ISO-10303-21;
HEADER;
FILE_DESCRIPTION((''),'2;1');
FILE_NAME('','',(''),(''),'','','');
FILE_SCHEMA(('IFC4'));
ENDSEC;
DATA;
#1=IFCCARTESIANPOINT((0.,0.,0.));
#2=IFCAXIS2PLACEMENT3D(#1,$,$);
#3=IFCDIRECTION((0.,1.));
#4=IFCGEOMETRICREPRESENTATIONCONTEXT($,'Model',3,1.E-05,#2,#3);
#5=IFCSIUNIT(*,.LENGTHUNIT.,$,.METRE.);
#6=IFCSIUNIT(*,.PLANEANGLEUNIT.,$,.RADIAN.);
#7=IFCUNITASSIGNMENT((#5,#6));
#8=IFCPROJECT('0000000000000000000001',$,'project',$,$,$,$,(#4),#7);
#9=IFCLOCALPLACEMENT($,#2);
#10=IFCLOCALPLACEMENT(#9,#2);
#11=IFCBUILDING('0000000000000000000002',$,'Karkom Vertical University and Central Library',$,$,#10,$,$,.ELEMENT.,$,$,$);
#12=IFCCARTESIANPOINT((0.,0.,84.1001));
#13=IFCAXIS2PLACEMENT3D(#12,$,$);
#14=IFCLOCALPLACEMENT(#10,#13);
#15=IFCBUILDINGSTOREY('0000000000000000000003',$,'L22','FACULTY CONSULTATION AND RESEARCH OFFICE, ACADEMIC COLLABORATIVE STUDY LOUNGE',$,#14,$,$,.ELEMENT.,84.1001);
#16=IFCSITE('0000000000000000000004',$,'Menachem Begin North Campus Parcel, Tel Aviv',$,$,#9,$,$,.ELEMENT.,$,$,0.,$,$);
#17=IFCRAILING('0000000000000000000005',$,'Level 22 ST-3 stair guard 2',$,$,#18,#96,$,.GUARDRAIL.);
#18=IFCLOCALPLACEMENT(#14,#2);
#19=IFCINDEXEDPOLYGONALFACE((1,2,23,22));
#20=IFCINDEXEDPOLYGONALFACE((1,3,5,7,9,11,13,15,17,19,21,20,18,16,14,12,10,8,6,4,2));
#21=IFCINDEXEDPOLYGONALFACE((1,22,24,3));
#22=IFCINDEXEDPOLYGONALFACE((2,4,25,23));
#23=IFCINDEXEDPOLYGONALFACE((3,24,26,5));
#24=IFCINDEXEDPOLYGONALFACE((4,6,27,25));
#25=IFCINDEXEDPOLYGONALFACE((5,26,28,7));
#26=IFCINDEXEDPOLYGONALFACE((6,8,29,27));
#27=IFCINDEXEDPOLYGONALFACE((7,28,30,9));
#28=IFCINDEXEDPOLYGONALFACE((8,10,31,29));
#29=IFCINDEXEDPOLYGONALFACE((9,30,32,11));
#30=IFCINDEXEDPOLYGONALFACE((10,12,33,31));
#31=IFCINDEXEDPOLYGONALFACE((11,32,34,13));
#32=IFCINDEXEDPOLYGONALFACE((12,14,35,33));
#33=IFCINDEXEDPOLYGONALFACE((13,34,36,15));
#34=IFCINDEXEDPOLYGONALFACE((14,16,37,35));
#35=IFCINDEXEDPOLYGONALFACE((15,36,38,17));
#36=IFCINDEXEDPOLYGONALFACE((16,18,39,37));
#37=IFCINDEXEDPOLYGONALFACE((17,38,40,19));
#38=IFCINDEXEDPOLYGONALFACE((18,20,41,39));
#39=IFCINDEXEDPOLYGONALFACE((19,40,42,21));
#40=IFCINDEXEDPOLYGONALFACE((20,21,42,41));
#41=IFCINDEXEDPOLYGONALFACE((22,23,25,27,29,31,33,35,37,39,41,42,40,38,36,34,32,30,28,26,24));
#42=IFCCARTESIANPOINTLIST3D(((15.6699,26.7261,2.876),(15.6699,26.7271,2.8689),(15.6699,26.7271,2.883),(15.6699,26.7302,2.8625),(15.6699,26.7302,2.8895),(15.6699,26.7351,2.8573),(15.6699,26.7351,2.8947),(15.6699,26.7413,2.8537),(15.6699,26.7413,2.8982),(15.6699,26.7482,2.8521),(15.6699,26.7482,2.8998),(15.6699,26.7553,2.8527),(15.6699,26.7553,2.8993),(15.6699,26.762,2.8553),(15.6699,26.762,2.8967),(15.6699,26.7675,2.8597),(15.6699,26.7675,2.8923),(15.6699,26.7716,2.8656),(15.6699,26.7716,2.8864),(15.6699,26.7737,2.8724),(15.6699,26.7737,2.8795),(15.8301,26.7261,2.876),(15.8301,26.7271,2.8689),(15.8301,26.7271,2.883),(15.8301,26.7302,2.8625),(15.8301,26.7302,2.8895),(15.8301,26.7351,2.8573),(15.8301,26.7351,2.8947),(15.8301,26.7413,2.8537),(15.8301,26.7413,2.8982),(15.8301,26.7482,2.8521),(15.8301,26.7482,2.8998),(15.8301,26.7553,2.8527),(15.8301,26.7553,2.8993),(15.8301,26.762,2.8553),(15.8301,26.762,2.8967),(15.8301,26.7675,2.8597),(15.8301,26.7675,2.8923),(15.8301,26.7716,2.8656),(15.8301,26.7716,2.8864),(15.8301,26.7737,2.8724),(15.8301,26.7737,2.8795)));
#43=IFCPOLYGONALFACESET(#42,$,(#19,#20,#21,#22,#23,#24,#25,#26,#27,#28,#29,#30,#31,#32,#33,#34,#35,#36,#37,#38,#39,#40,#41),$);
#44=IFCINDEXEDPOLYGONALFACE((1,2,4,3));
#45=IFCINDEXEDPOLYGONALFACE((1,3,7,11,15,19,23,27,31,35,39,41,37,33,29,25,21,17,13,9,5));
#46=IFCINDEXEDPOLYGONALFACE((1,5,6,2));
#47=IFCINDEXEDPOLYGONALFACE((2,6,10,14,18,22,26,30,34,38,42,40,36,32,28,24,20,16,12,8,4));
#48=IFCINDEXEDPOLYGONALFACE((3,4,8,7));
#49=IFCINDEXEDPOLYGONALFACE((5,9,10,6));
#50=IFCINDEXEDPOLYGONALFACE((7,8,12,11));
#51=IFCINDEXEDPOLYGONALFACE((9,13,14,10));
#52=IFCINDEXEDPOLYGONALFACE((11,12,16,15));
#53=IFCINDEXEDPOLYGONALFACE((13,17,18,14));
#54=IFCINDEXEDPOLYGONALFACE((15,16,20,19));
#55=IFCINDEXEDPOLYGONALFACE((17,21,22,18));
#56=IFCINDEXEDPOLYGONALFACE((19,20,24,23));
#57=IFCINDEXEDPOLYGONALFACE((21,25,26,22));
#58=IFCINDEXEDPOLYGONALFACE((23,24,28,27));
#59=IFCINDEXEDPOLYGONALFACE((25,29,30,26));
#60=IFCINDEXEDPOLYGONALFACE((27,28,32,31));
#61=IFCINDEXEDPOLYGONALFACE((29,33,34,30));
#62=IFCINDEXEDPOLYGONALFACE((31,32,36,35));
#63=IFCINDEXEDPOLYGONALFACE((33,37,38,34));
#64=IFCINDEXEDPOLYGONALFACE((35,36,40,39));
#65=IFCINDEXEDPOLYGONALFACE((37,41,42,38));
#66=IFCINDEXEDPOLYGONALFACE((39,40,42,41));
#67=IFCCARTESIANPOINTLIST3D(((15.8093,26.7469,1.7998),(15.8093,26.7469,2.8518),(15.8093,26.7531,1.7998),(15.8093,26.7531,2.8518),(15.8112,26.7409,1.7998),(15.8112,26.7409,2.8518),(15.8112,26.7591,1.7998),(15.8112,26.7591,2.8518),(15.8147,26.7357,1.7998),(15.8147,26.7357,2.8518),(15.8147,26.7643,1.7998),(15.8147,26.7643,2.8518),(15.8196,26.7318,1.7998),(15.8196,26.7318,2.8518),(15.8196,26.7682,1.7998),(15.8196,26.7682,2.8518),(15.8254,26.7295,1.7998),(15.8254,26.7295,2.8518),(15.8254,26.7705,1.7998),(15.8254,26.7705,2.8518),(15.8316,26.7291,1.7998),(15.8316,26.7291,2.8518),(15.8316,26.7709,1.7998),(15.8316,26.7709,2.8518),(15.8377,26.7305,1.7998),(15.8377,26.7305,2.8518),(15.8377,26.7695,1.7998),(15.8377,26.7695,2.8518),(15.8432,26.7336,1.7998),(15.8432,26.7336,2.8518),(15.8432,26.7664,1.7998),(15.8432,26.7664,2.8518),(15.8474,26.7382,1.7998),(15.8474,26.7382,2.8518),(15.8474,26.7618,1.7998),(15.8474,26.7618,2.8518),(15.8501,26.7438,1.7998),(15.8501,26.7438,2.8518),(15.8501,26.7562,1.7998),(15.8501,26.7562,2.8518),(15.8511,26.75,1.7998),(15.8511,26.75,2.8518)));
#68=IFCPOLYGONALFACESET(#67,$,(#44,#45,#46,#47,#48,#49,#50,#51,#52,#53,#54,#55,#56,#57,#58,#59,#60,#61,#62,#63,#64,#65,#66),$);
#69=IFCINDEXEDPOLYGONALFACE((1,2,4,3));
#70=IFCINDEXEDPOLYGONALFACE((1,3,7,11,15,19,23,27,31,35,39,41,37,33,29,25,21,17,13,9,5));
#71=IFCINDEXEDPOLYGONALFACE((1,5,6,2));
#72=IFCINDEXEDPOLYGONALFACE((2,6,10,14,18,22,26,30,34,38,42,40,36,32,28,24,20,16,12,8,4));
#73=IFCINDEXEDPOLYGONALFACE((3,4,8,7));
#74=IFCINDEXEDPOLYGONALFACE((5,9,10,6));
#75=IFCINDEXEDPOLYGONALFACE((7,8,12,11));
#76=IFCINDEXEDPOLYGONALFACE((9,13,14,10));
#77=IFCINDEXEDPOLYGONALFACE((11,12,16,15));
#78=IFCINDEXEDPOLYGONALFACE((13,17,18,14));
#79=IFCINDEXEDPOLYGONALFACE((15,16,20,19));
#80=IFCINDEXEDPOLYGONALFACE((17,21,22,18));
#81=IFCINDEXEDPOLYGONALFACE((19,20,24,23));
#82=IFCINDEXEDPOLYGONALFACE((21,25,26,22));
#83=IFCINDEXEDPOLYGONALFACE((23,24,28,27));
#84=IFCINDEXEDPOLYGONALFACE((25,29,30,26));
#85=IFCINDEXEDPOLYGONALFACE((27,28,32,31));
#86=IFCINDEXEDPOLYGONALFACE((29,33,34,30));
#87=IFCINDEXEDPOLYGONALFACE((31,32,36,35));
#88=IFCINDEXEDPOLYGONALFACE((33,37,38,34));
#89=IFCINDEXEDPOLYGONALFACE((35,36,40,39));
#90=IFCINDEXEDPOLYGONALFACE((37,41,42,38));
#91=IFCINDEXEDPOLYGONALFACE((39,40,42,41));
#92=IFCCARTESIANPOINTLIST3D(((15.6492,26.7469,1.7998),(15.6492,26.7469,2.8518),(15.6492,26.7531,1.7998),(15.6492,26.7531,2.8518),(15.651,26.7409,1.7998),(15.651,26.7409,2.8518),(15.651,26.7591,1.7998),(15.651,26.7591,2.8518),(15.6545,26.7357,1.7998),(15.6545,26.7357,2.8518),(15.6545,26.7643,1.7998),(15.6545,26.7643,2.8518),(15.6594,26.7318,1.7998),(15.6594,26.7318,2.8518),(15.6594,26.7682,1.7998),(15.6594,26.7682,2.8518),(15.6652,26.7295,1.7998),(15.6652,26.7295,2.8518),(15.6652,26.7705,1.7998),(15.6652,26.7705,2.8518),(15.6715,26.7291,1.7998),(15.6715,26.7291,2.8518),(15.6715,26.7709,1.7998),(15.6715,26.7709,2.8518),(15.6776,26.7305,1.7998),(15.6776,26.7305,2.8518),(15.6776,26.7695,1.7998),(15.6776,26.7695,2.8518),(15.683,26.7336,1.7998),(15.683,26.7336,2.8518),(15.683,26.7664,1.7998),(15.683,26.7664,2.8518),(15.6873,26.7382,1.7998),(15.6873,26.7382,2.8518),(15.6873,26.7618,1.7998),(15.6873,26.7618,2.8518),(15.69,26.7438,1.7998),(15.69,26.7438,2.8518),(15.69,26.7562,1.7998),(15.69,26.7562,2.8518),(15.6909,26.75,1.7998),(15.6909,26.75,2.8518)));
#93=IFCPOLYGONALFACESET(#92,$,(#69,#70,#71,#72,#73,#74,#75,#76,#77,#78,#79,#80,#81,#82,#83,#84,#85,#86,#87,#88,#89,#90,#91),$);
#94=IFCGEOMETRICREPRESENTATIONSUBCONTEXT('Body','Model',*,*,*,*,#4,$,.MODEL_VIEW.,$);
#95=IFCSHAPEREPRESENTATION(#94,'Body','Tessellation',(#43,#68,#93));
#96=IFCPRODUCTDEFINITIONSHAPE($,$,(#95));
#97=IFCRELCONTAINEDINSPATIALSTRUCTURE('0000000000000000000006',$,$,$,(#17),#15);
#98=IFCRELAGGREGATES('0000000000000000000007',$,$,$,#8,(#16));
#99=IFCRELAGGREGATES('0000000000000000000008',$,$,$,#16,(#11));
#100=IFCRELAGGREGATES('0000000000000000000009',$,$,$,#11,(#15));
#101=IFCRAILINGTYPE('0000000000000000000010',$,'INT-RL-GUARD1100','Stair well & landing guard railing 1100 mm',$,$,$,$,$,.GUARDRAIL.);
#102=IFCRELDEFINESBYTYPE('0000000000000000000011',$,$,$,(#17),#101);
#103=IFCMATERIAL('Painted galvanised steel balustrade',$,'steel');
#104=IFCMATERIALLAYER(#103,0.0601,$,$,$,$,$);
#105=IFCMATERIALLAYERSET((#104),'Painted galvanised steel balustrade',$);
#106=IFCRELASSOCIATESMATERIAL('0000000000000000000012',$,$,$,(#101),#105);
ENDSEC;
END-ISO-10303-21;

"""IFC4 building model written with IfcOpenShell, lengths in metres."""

from ifc_helpers import new_model, si_unit, direction, frame, origin, origin_2d, place, context, subcontext, project, spatial, circle, extrude, material, layer, layer_set, type_object, element, save


model = new_model("IFC4")

# Units and contexts
model_context = context("Model", 3, precision=1e-05, world=origin(), true_north=direction((0.0, 1.0)))
body_context = subcontext(model_context, "Body", "Model", "MODEL_VIEW")
ifc_project = project(units=[si_unit("LENGTHUNIT", "METRE"), si_unit("PLANEANGLEUNIT", "RADIAN")], contexts=[model_context])

# Site, building, storey
site_placement = place(None, origin())
site = spatial("IfcSite", under=ifc_project, at=site_placement, Name="Menachem Begin North Campus Parcel, Tel Aviv", CompositionType="ELEMENT", RefElevation=0.0)
building_placement = place(site_placement, origin())
building = spatial("IfcBuilding", under=site, at=building_placement, Name="Karkom Vertical University and Central Library", CompositionType="ELEMENT")
storey_placement = place(building_placement, frame((0.0, 0.0, 84.1001)))
storey = spatial("IfcBuildingStorey", under=building, at=storey_placement, Name="L22", Description="FACULTY CONSULTATION AND RESEARCH OFFICE, ACADEMIC COLLABORATIVE STUDY LOUNGE", CompositionType="ELEMENT", Elevation=84.1001)

# Railing
ifc_material_1 = material(Name="Painted galvanised steel balustrade", Category="steel")
ifc_layer_1 = layer(ifc_material_1, 0.0601)
ifc_layer_set_1 = layer_set([ifc_layer_1], Name="Painted galvanised steel balustrade")
railing_type_1 = type_object("IfcRailingType", Name="INT-RL-GUARD1100", Description="Stair well & landing guard railing 1100 mm", PredefinedType="GUARDRAIL", material=ifc_layer_set_1)
railing_1_placement = place(storey_placement, frame((15.8301, 26.75, 1.7998)))
element("IfcRailing", 1, at=railing_1_placement, inside=storey, type_object=railing_type_1, Name="Level 22 ST-3 stair guard 2", PredefinedType="GUARDRAIL", context=body_context, shape_type="SweptSolid", body=[
    extrude(circle(Radius=0.0239, at=origin_2d()), frame((0.0, 0.0, 1.0762), z_axis=(-1.0, 0.0, 0.0), x_axis=(0.0, -1.0, 0.0)), (0.0, 0.0, 1.0), 0.1602),
    extrude(circle(Radius=0.021, at=origin_2d()), origin(), (0.0, 0.0, 1.0), 1.052),
    extrude(circle(Radius=0.021, at=origin_2d()), frame((-0.1602, 0.0, 0.0)), (0.0, 0.0, 1.0), 1.052),
])

save(model, "model.ifc")
